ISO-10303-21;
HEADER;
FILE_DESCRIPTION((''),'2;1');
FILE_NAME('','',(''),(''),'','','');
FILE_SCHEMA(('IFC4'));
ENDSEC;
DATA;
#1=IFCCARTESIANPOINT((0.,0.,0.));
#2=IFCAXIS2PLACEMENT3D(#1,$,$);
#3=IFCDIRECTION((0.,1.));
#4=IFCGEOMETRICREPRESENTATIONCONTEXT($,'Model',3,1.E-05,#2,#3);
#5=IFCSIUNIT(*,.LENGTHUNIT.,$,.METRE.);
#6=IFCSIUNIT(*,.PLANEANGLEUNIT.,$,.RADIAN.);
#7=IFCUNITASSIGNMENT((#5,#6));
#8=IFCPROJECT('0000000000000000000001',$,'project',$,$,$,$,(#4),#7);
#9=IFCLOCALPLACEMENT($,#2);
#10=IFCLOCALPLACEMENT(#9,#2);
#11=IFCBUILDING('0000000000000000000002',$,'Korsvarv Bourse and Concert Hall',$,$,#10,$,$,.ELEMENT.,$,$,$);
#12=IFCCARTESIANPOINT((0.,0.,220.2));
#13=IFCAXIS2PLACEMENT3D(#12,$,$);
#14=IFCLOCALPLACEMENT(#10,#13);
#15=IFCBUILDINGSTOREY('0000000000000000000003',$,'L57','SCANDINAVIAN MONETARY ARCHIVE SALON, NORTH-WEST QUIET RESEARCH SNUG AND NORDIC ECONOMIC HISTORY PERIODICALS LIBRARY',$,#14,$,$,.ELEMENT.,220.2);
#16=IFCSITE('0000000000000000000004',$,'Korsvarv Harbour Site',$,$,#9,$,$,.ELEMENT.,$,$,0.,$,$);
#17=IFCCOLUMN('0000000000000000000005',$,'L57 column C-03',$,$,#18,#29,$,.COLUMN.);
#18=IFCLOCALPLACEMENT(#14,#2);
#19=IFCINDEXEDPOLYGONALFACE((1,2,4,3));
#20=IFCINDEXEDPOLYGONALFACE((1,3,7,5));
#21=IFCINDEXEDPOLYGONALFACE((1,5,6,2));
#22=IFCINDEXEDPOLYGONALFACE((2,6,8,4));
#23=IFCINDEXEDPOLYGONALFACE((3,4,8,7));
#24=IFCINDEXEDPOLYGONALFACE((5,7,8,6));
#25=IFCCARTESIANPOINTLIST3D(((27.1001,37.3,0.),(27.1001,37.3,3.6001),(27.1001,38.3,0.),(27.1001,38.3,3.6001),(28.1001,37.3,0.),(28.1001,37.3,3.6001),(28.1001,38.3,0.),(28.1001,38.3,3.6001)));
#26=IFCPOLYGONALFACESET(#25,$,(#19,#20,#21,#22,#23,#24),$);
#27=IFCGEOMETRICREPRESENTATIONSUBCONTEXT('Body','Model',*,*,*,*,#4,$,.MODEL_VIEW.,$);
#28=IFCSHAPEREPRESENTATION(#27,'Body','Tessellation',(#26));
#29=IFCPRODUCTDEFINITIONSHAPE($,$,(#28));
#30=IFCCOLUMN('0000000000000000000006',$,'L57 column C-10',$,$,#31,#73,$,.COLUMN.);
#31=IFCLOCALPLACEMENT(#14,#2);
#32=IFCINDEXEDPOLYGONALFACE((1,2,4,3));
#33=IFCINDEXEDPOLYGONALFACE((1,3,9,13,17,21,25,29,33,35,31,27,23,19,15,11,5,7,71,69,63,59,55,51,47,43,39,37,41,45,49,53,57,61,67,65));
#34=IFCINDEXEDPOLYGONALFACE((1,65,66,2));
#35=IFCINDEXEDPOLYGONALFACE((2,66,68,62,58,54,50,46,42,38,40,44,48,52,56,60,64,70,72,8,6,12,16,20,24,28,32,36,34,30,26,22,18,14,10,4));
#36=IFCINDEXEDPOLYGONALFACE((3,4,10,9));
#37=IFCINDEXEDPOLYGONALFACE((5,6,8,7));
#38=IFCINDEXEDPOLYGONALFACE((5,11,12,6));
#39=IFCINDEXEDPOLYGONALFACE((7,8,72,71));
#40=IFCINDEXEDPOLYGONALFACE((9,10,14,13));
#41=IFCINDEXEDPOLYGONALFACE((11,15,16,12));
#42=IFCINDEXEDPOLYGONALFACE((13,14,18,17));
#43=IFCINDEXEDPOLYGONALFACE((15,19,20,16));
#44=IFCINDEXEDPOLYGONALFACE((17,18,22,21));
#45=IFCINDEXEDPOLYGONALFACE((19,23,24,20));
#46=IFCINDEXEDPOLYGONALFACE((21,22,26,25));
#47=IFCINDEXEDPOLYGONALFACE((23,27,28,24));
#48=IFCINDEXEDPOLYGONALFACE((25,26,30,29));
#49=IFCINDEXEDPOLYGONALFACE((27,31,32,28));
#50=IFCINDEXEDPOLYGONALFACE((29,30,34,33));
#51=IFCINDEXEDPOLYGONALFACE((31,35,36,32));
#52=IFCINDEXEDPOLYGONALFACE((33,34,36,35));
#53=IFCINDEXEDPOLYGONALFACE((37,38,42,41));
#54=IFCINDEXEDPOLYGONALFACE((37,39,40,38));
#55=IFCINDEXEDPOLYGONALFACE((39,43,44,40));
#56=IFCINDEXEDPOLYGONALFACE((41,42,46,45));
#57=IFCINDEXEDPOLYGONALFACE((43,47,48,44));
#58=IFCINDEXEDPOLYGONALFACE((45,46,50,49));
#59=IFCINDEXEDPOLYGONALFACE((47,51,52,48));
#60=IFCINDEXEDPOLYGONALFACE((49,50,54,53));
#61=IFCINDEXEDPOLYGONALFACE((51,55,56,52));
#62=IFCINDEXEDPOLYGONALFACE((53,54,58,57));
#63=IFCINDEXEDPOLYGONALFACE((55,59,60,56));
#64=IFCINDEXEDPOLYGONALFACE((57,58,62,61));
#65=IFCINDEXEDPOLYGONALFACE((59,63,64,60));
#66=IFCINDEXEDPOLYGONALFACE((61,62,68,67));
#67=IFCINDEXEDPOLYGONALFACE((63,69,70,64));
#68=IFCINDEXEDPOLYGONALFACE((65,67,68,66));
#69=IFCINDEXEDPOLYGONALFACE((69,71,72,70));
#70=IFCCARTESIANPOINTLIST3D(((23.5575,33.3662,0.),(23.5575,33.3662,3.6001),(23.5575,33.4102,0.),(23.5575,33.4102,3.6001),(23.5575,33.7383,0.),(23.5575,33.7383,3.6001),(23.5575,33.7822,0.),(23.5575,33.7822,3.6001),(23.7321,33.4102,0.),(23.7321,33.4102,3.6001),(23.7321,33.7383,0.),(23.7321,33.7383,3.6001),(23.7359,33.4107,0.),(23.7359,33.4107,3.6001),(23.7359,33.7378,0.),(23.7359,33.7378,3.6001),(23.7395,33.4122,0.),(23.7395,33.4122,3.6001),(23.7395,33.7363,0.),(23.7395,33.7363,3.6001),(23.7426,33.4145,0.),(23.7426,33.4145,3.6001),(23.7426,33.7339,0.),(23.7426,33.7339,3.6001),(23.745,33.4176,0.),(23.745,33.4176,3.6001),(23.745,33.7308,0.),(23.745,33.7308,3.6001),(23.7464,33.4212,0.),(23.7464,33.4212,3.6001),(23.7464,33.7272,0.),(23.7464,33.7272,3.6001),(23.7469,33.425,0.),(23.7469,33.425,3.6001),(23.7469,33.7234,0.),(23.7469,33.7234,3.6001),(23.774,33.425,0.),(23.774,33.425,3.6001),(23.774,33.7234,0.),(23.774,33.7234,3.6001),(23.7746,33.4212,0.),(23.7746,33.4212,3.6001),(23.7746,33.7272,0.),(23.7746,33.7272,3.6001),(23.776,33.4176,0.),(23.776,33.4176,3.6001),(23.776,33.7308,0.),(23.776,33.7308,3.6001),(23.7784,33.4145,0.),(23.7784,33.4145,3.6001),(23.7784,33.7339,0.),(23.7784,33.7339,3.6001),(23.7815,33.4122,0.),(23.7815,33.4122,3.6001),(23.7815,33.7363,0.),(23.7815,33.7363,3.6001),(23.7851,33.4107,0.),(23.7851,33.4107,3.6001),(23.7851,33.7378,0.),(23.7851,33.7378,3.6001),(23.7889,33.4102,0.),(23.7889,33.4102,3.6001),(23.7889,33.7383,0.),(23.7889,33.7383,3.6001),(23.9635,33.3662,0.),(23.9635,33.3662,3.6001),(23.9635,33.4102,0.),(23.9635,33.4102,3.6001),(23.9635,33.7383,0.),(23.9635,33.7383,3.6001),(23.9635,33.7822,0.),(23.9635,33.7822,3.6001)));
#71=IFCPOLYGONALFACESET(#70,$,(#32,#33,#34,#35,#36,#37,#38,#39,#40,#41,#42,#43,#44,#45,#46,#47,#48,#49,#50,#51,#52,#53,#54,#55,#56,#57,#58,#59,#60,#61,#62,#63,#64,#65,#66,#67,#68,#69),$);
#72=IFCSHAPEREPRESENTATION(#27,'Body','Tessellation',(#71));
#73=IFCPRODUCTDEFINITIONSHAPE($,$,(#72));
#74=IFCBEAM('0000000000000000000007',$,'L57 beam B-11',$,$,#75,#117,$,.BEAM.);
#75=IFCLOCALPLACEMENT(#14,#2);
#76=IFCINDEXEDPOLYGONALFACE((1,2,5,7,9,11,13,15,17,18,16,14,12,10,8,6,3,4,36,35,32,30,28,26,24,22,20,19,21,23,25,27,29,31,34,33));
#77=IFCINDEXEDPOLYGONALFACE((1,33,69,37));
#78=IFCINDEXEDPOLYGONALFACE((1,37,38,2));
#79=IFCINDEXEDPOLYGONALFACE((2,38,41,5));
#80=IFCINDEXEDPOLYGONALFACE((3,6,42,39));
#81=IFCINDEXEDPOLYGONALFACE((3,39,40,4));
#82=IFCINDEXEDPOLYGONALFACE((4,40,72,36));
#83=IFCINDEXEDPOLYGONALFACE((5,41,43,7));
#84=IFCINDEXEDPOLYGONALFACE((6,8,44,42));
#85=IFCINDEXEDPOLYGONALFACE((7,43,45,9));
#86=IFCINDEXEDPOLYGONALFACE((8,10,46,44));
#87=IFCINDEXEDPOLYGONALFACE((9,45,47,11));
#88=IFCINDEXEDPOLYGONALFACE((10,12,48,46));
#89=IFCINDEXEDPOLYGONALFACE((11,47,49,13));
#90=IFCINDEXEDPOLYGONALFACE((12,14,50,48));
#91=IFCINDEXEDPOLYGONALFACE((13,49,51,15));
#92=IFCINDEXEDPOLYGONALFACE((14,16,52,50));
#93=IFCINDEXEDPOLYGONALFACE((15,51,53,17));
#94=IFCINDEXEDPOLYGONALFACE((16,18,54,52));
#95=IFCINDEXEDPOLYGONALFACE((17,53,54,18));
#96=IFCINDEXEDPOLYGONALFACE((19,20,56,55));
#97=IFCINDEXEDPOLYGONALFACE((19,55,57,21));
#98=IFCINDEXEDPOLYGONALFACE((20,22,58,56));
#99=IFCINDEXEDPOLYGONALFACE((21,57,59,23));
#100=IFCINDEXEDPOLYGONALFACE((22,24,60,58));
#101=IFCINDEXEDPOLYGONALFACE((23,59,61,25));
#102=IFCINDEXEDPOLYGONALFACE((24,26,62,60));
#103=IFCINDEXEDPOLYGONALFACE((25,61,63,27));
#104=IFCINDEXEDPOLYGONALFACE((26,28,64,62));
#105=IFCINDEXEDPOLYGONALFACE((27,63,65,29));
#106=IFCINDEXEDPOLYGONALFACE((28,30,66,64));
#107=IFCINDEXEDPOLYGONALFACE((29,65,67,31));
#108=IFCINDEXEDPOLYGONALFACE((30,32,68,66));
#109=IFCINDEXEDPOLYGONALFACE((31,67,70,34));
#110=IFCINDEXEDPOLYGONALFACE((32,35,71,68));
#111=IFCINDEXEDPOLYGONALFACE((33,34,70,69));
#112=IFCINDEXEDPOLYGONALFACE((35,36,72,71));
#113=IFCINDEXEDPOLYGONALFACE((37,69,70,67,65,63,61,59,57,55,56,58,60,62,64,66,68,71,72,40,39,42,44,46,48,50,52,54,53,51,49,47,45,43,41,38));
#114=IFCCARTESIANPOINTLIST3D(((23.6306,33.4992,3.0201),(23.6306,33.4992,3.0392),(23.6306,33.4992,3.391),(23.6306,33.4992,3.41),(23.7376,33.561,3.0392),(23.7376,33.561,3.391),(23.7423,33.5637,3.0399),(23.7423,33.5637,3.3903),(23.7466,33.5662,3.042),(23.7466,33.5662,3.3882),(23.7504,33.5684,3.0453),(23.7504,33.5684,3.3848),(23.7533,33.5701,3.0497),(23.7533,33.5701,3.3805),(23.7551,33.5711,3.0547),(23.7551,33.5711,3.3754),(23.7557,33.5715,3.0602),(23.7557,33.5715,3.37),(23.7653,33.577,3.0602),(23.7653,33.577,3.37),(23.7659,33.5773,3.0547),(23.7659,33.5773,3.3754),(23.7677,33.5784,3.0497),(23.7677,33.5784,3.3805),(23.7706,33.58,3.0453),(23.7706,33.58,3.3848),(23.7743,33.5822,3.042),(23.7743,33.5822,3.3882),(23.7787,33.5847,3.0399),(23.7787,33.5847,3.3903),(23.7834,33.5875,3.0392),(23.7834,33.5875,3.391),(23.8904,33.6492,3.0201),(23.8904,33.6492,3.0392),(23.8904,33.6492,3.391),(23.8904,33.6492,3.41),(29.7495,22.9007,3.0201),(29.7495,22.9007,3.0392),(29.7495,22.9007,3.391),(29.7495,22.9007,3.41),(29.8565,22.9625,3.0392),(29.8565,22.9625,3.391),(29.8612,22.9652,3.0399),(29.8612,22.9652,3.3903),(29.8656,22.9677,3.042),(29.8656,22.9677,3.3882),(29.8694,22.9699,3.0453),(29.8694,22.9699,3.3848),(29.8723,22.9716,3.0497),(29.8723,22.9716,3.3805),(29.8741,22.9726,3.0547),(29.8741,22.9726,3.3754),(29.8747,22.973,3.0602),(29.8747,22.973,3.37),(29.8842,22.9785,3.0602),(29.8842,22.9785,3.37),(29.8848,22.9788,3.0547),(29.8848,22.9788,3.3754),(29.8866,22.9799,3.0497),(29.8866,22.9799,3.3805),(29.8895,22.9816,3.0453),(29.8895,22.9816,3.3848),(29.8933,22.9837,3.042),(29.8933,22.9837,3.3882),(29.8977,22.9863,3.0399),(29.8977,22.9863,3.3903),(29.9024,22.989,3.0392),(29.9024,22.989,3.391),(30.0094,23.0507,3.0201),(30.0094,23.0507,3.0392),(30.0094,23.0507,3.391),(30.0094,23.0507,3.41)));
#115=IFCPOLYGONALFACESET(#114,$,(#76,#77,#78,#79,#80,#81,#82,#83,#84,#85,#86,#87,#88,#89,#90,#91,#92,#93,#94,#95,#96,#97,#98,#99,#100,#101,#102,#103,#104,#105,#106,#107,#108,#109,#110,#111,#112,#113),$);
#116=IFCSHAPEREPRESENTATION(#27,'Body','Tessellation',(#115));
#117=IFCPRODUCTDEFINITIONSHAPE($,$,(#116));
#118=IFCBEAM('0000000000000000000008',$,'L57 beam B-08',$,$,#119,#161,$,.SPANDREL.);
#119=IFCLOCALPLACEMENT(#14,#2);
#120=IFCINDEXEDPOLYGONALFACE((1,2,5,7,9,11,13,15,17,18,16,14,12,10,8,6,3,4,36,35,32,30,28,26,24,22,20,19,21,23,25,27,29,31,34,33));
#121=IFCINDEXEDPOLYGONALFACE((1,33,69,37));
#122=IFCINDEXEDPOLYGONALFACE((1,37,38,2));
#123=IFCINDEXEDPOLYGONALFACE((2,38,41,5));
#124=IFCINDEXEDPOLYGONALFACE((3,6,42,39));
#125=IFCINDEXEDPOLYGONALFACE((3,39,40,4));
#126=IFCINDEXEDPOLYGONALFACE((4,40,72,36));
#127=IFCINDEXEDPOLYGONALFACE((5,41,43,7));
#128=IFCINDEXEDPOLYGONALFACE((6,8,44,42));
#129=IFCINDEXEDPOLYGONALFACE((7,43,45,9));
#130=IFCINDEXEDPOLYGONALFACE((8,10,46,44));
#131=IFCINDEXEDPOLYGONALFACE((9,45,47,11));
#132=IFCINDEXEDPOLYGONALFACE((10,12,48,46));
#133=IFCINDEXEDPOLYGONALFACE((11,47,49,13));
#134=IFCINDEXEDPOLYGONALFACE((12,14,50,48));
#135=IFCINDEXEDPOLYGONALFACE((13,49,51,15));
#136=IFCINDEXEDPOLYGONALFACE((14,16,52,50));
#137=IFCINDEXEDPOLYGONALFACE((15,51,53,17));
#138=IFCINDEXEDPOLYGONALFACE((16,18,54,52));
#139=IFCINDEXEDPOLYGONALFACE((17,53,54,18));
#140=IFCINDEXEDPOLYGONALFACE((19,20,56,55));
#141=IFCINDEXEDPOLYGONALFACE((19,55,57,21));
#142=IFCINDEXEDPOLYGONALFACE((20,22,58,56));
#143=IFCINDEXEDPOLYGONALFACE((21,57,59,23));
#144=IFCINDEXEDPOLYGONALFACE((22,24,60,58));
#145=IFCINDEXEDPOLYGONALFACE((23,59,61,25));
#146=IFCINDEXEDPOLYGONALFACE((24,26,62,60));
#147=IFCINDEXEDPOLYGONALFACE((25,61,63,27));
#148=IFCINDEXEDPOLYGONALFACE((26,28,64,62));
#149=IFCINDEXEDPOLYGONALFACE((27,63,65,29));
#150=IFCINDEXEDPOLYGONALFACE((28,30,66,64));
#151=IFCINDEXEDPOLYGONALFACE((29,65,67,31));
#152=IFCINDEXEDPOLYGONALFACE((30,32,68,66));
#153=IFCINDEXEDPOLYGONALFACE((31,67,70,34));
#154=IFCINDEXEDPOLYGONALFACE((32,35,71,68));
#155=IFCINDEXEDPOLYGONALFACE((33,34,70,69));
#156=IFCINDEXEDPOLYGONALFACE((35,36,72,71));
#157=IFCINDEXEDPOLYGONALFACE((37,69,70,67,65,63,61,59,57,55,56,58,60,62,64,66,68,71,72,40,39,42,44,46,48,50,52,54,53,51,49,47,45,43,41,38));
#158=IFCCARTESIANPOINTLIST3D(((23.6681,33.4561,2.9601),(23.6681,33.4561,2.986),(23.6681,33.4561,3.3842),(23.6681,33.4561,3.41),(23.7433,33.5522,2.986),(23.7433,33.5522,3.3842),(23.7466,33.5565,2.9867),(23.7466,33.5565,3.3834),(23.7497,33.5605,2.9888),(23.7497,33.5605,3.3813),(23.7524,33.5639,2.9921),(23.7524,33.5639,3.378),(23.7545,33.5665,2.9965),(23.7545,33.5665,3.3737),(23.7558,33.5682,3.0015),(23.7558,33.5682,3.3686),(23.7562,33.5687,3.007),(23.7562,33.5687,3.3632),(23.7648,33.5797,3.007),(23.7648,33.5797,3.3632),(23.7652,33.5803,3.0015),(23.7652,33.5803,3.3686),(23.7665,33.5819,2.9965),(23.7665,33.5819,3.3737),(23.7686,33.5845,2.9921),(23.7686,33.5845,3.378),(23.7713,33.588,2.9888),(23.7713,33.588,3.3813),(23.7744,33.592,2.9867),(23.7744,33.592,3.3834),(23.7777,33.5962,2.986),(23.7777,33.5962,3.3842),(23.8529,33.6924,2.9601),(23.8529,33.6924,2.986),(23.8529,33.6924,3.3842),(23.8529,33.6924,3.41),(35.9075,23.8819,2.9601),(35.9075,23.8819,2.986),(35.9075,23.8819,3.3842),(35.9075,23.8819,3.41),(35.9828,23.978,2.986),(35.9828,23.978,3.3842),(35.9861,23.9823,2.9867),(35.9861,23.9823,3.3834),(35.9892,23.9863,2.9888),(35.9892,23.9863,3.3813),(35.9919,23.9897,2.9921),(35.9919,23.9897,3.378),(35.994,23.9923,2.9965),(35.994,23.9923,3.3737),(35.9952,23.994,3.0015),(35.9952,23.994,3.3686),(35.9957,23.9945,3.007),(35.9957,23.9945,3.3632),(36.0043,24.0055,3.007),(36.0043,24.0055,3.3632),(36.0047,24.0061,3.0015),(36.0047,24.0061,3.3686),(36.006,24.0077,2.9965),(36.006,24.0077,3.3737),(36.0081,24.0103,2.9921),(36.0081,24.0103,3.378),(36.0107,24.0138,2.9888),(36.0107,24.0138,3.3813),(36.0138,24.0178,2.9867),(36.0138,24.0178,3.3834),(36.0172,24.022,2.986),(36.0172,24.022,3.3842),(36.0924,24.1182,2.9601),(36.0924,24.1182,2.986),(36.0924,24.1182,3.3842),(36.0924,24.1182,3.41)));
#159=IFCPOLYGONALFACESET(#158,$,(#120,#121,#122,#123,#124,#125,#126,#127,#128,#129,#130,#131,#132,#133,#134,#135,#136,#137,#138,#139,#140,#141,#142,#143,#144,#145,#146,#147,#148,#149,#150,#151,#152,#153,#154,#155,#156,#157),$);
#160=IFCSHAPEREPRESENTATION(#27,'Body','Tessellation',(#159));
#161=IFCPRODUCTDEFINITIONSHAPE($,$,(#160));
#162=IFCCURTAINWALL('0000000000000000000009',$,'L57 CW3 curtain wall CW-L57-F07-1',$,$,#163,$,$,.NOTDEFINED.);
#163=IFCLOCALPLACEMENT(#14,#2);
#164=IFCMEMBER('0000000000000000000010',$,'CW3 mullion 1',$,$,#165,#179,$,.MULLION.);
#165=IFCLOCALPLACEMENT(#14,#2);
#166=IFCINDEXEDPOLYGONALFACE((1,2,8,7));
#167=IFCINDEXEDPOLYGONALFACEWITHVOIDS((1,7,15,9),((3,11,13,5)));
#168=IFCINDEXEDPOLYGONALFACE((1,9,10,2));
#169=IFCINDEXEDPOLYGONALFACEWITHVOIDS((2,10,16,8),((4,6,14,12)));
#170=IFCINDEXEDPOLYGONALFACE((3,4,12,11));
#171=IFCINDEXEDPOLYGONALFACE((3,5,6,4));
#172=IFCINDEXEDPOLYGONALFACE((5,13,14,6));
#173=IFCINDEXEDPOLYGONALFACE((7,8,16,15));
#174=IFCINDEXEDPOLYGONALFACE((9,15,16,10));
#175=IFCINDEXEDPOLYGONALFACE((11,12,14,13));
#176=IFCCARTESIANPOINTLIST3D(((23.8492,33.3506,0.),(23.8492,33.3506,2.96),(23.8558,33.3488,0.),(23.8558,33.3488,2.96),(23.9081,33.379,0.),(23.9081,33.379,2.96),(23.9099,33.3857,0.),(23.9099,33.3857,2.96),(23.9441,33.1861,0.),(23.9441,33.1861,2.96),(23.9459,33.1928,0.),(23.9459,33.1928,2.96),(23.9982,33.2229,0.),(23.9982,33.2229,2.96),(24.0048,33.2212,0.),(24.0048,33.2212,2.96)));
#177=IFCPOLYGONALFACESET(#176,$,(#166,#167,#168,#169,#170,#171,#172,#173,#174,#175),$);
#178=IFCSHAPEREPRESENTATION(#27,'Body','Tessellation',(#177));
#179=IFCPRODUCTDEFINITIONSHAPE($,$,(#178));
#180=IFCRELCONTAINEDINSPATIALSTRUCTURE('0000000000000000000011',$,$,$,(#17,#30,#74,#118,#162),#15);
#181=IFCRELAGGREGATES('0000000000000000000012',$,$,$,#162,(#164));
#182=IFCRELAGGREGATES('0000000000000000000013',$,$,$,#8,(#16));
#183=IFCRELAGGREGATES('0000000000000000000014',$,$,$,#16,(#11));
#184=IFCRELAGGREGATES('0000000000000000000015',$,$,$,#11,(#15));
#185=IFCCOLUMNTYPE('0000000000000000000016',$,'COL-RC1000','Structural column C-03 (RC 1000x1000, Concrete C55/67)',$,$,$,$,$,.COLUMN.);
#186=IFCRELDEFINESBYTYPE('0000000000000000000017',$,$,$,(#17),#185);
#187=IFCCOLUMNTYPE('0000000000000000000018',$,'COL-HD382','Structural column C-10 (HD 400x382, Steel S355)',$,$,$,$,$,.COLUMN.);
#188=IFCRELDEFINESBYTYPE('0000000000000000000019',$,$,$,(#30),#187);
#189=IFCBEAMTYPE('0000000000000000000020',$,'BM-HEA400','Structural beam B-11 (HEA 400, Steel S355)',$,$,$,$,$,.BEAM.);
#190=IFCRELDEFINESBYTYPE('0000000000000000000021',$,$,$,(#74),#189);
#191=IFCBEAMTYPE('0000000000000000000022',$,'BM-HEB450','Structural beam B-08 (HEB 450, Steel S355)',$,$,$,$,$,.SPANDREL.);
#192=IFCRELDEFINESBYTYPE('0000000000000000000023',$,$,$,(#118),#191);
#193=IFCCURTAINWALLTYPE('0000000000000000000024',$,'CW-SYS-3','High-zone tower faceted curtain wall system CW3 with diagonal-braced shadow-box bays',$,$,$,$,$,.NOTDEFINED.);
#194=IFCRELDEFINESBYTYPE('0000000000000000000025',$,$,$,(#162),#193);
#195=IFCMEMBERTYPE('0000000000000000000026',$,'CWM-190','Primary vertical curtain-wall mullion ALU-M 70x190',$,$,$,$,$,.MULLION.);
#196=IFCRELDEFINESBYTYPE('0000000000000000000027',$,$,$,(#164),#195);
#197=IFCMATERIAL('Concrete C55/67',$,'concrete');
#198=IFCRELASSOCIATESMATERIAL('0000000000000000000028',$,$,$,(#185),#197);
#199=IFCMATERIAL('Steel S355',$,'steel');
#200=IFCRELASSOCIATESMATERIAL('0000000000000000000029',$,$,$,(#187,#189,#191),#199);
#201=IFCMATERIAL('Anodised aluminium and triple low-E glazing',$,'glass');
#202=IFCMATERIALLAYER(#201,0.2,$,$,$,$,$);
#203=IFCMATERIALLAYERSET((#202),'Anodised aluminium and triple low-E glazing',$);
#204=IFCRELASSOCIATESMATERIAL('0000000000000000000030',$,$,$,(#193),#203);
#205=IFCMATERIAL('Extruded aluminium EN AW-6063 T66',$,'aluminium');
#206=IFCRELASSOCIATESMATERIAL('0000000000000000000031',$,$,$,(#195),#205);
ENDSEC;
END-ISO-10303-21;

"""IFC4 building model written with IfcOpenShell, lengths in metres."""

from ifc_helpers import new_model, si_unit, direction, frame, origin, origin_2d, place, context, subcontext, project, spatial, rectangle, hollow_rectangle, i_section, extrude, source, transform, mapped, material, layer, layer_set, material_profile, profile_set, type_object, element, aggregate, save


model = new_model("IFC4")

# Units and contexts
model_context = context("Model", 3, precision=1e-05, world=origin(), true_north=direction((0.0, 1.0)))
body_context = subcontext(model_context, "Body", "Model", "MODEL_VIEW")
ifc_project = project(units=[si_unit("LENGTHUNIT", "METRE"), si_unit("PLANEANGLEUNIT", "RADIAN")], contexts=[model_context])

# Site, building, storey
site_placement = place(None, origin())
site = spatial("IfcSite", under=ifc_project, at=site_placement, Name="Korsvarv Harbour Site", CompositionType="ELEMENT", RefElevation=0.0)
building_placement = place(site_placement, origin())
building = spatial("IfcBuilding", under=site, at=building_placement, Name="Korsvarv Bourse and Concert Hall", CompositionType="ELEMENT")
storey_placement = place(building_placement, frame((0.0, 0.0, 220.2)))
storey = spatial("IfcBuildingStorey", under=building, at=storey_placement, Name="L57", Description="SCANDINAVIAN MONETARY ARCHIVE SALON, NORTH-WEST QUIET RESEARCH SNUG AND NORDIC ECONOMIC HISTORY PERIODICALS LIBRARY", CompositionType="ELEMENT", Elevation=220.2)

# Columns
ifc_material_1 = material(Name="Concrete C55/67", Category="concrete")
ifc_material_profile_1 = material_profile(ifc_material_1, rectangle(XDim=1.0, YDim=1.0, at=origin_2d()), Name="RC 1000x1000")
ifc_profile_set_1 = profile_set([ifc_material_profile_1], Name="Concrete C55/67")
column_type_1 = type_object("IfcColumnType", Name="COL-RC1000", Description="Structural column C-03 (RC 1000x1000, Concrete C55/67)", PredefinedType="COLUMN", material=ifc_profile_set_1)
shared_shape_1 = source(origin(), body_context, "Body", "SweptSolid", [
    extrude(rectangle(XDim=1.0, YDim=1.0, at=origin_2d()), origin(), (0.0, 0.0, 1.0), 3.6001),
])
column_1_placement = place(storey_placement, frame((27.6001, 37.8, 0.0), z_axis=(0.0, 0.0, 1.0), x_axis=(1.0, 0.0, 0.0)))
element("IfcColumn", 1, at=column_1_placement, inside=storey, type_object=column_type_1, Name="L57 column C-03", PredefinedType="COLUMN", context=body_context, shape_type="MappedRepresentation", body=[
    mapped(shared_shape_1, transform((0.0, 0.0, 0.0), scale=1.0)),
])
ifc_material_2 = material(Name="Steel S355", Category="steel")
ifc_material_profile_2 = material_profile(ifc_material_2, i_section(OverallWidth=0.406, OverallDepth=0.416, WebThickness=0.0271, FlangeThickness=0.0439, FilletRadius=0.0149, at=origin_2d()), Name="HD 400x382")
ifc_profile_set_2 = profile_set([ifc_material_profile_2], Name="Steel S355")
column_type_2 = type_object("IfcColumnType", Name="COL-HD382", Description="Structural column C-10 (HD 400x382, Steel S355)", PredefinedType="COLUMN", material=ifc_profile_set_2)
shared_shape_2 = source(origin(), body_context, "Body", "SweptSolid", [
    extrude(i_section(OverallWidth=0.406, OverallDepth=0.416, WebThickness=0.0271, FlangeThickness=0.0439, FilletRadius=0.0149, at=origin_2d()), origin(), (0.0, 0.0, 1.0), 3.6001),
])
column_2_placement = place(storey_placement, frame((23.7605, 33.5742, 0.0), z_axis=(0.0, 0.0, 1.0), x_axis=(1.0, 0.0, 0.0)))
element("IfcColumn", 2, at=column_2_placement, inside=storey, type_object=column_type_2, Name="L57 column C-10", PredefinedType="COLUMN", context=body_context, shape_type="MappedRepresentation", body=[
    mapped(shared_shape_2, transform((0.0, 0.0, 0.0), scale=1.0)),
])

# Beams
ifc_material_profile_3 = material_profile(ifc_material_2, i_section(OverallWidth=0.3, OverallDepth=0.3899, WebThickness=0.011, FlangeThickness=0.019, FilletRadius=0.021, at=origin_2d()), Name="HEA 400")
ifc_profile_set_3 = profile_set([ifc_material_profile_3], Name="Steel S355")
beam_type_1 = type_object("IfcBeamType", Name="BM-HEA400", Description="Structural beam B-11 (HEA 400, Steel S355)", PredefinedType="BEAM", material=ifc_profile_set_3)
shared_shape_3 = source(origin(), body_context, "Body", "SweptSolid", [
    extrude(i_section(OverallWidth=0.3, OverallDepth=0.3899, WebThickness=0.011, FlangeThickness=0.019, FilletRadius=0.021, at=origin_2d()), origin(), (0.0, 0.0, 1.0), 12.238),
])
beam_1_placement = place(storey_placement, frame((23.7605, 33.5742, 3.2151), z_axis=(0.499995, -0.866028, 0.0), x_axis=(0.866028, 0.499995, 0.0)))
element("IfcBeam", 3, at=beam_1_placement, inside=storey, type_object=beam_type_1, Name="L57 beam B-11", PredefinedType="BEAM", context=body_context, shape_type="MappedRepresentation", body=[
    mapped(shared_shape_3, transform((0.0, 0.0, 0.0), scale=1.0)),
])
ifc_material_profile_4 = material_profile(ifc_material_2, i_section(OverallWidth=0.3, OverallDepth=0.45, WebThickness=0.0139, FlangeThickness=0.0259, FilletRadius=0.021, at=origin_2d()), Name="HEB 450")
ifc_profile_set_4 = profile_set([ifc_material_profile_4], Name="Steel S355")
beam_type_2 = type_object("IfcBeamType", Name="BM-HEB450", Description="Structural beam B-08 (HEB 450, Steel S355)", PredefinedType="SPANDREL", material=ifc_profile_set_4)
shared_shape_4 = source(origin(), body_context, "Body", "SweptSolid", [
    extrude(i_section(OverallWidth=0.3, OverallDepth=0.45, WebThickness=0.0139, FlangeThickness=0.0259, FilletRadius=0.021, at=origin_2d()), origin(), (0.0, 0.0, 1.0), 15.5393),
])
beam_2_placement = place(storey_placement, frame((23.7605, 33.5742, 3.1851), z_axis=(0.787646, -0.616128, 0.0), x_axis=(0.616128, 0.787646, 0.0)))
element("IfcBeam", 4, at=beam_2_placement, inside=storey, type_object=beam_type_2, Name="L57 beam B-08", PredefinedType="SPANDREL", context=body_context, shape_type="MappedRepresentation", body=[
    mapped(shared_shape_4, transform((0.0, 0.0, 0.0), scale=1.0)),
])

# Curtain wall, member
ifc_material_3 = material(Name="Anodised aluminium and triple low-E glazing", Category="glass")
ifc_layer_1 = layer(ifc_material_3, 0.2)
ifc_layer_set_1 = layer_set([ifc_layer_1], Name="Anodised aluminium and triple low-E glazing")
curtain_wall_type = type_object("IfcCurtainWallType", Name="CW-SYS-3", Description="High-zone tower faceted curtain wall system CW3 with diagonal-braced shadow-box bays", PredefinedType="NOTDEFINED", material=ifc_layer_set_1)
curtain_wall_placement = place(storey_placement, origin())
curtain_wall = element("IfcCurtainWall", 5, at=curtain_wall_placement, inside=storey, type_object=curtain_wall_type, Name="L57 CW3 curtain wall CW-L57-F07-1", PredefinedType="NOTDEFINED")
ifc_material_4 = material(Name="Extruded aluminium EN AW-6063 T66", Category="aluminium")
ifc_material_profile_5 = material_profile(ifc_material_4, hollow_rectangle(XDim=0.0701, YDim=0.1899, WallThickness=0.0049, at=origin_2d()), Name="ALU-M 70x190")
ifc_profile_set_5 = profile_set([ifc_material_profile_5], Name="Extruded aluminium EN AW-6063 T66")
member_type_1 = type_object("IfcMemberType", Name="CWM-190", Description="Primary vertical curtain-wall mullion ALU-M 70x190", PredefinedType="MULLION", material=ifc_profile_set_5)
shared_shape_5 = source(origin(), body_context, "Body", "SweptSolid", [
    extrude(hollow_rectangle(XDim=0.0701, YDim=0.1899, WallThickness=0.0049, at=origin_2d()), origin(), (0.0, 0.0, 1.0), 2.96),
])
member_1_placement = place(storey_placement, frame((23.927, 33.2859, 0.0), z_axis=(0.0, 0.0, 1.0), x_axis=(0.866052, 0.499954, 0.0)))
member_1 = element("IfcMember", 6, at=member_1_placement, type_object=member_type_1, Name="CW3 mullion 1", PredefinedType="MULLION", context=body_context, shape_type="MappedRepresentation", body=[
    mapped(shared_shape_5, transform((0.0, 0.0, 0.0), scale=1.0)),
])
aggregate(curtain_wall, [member_1])

save(model, "model.ifc")
